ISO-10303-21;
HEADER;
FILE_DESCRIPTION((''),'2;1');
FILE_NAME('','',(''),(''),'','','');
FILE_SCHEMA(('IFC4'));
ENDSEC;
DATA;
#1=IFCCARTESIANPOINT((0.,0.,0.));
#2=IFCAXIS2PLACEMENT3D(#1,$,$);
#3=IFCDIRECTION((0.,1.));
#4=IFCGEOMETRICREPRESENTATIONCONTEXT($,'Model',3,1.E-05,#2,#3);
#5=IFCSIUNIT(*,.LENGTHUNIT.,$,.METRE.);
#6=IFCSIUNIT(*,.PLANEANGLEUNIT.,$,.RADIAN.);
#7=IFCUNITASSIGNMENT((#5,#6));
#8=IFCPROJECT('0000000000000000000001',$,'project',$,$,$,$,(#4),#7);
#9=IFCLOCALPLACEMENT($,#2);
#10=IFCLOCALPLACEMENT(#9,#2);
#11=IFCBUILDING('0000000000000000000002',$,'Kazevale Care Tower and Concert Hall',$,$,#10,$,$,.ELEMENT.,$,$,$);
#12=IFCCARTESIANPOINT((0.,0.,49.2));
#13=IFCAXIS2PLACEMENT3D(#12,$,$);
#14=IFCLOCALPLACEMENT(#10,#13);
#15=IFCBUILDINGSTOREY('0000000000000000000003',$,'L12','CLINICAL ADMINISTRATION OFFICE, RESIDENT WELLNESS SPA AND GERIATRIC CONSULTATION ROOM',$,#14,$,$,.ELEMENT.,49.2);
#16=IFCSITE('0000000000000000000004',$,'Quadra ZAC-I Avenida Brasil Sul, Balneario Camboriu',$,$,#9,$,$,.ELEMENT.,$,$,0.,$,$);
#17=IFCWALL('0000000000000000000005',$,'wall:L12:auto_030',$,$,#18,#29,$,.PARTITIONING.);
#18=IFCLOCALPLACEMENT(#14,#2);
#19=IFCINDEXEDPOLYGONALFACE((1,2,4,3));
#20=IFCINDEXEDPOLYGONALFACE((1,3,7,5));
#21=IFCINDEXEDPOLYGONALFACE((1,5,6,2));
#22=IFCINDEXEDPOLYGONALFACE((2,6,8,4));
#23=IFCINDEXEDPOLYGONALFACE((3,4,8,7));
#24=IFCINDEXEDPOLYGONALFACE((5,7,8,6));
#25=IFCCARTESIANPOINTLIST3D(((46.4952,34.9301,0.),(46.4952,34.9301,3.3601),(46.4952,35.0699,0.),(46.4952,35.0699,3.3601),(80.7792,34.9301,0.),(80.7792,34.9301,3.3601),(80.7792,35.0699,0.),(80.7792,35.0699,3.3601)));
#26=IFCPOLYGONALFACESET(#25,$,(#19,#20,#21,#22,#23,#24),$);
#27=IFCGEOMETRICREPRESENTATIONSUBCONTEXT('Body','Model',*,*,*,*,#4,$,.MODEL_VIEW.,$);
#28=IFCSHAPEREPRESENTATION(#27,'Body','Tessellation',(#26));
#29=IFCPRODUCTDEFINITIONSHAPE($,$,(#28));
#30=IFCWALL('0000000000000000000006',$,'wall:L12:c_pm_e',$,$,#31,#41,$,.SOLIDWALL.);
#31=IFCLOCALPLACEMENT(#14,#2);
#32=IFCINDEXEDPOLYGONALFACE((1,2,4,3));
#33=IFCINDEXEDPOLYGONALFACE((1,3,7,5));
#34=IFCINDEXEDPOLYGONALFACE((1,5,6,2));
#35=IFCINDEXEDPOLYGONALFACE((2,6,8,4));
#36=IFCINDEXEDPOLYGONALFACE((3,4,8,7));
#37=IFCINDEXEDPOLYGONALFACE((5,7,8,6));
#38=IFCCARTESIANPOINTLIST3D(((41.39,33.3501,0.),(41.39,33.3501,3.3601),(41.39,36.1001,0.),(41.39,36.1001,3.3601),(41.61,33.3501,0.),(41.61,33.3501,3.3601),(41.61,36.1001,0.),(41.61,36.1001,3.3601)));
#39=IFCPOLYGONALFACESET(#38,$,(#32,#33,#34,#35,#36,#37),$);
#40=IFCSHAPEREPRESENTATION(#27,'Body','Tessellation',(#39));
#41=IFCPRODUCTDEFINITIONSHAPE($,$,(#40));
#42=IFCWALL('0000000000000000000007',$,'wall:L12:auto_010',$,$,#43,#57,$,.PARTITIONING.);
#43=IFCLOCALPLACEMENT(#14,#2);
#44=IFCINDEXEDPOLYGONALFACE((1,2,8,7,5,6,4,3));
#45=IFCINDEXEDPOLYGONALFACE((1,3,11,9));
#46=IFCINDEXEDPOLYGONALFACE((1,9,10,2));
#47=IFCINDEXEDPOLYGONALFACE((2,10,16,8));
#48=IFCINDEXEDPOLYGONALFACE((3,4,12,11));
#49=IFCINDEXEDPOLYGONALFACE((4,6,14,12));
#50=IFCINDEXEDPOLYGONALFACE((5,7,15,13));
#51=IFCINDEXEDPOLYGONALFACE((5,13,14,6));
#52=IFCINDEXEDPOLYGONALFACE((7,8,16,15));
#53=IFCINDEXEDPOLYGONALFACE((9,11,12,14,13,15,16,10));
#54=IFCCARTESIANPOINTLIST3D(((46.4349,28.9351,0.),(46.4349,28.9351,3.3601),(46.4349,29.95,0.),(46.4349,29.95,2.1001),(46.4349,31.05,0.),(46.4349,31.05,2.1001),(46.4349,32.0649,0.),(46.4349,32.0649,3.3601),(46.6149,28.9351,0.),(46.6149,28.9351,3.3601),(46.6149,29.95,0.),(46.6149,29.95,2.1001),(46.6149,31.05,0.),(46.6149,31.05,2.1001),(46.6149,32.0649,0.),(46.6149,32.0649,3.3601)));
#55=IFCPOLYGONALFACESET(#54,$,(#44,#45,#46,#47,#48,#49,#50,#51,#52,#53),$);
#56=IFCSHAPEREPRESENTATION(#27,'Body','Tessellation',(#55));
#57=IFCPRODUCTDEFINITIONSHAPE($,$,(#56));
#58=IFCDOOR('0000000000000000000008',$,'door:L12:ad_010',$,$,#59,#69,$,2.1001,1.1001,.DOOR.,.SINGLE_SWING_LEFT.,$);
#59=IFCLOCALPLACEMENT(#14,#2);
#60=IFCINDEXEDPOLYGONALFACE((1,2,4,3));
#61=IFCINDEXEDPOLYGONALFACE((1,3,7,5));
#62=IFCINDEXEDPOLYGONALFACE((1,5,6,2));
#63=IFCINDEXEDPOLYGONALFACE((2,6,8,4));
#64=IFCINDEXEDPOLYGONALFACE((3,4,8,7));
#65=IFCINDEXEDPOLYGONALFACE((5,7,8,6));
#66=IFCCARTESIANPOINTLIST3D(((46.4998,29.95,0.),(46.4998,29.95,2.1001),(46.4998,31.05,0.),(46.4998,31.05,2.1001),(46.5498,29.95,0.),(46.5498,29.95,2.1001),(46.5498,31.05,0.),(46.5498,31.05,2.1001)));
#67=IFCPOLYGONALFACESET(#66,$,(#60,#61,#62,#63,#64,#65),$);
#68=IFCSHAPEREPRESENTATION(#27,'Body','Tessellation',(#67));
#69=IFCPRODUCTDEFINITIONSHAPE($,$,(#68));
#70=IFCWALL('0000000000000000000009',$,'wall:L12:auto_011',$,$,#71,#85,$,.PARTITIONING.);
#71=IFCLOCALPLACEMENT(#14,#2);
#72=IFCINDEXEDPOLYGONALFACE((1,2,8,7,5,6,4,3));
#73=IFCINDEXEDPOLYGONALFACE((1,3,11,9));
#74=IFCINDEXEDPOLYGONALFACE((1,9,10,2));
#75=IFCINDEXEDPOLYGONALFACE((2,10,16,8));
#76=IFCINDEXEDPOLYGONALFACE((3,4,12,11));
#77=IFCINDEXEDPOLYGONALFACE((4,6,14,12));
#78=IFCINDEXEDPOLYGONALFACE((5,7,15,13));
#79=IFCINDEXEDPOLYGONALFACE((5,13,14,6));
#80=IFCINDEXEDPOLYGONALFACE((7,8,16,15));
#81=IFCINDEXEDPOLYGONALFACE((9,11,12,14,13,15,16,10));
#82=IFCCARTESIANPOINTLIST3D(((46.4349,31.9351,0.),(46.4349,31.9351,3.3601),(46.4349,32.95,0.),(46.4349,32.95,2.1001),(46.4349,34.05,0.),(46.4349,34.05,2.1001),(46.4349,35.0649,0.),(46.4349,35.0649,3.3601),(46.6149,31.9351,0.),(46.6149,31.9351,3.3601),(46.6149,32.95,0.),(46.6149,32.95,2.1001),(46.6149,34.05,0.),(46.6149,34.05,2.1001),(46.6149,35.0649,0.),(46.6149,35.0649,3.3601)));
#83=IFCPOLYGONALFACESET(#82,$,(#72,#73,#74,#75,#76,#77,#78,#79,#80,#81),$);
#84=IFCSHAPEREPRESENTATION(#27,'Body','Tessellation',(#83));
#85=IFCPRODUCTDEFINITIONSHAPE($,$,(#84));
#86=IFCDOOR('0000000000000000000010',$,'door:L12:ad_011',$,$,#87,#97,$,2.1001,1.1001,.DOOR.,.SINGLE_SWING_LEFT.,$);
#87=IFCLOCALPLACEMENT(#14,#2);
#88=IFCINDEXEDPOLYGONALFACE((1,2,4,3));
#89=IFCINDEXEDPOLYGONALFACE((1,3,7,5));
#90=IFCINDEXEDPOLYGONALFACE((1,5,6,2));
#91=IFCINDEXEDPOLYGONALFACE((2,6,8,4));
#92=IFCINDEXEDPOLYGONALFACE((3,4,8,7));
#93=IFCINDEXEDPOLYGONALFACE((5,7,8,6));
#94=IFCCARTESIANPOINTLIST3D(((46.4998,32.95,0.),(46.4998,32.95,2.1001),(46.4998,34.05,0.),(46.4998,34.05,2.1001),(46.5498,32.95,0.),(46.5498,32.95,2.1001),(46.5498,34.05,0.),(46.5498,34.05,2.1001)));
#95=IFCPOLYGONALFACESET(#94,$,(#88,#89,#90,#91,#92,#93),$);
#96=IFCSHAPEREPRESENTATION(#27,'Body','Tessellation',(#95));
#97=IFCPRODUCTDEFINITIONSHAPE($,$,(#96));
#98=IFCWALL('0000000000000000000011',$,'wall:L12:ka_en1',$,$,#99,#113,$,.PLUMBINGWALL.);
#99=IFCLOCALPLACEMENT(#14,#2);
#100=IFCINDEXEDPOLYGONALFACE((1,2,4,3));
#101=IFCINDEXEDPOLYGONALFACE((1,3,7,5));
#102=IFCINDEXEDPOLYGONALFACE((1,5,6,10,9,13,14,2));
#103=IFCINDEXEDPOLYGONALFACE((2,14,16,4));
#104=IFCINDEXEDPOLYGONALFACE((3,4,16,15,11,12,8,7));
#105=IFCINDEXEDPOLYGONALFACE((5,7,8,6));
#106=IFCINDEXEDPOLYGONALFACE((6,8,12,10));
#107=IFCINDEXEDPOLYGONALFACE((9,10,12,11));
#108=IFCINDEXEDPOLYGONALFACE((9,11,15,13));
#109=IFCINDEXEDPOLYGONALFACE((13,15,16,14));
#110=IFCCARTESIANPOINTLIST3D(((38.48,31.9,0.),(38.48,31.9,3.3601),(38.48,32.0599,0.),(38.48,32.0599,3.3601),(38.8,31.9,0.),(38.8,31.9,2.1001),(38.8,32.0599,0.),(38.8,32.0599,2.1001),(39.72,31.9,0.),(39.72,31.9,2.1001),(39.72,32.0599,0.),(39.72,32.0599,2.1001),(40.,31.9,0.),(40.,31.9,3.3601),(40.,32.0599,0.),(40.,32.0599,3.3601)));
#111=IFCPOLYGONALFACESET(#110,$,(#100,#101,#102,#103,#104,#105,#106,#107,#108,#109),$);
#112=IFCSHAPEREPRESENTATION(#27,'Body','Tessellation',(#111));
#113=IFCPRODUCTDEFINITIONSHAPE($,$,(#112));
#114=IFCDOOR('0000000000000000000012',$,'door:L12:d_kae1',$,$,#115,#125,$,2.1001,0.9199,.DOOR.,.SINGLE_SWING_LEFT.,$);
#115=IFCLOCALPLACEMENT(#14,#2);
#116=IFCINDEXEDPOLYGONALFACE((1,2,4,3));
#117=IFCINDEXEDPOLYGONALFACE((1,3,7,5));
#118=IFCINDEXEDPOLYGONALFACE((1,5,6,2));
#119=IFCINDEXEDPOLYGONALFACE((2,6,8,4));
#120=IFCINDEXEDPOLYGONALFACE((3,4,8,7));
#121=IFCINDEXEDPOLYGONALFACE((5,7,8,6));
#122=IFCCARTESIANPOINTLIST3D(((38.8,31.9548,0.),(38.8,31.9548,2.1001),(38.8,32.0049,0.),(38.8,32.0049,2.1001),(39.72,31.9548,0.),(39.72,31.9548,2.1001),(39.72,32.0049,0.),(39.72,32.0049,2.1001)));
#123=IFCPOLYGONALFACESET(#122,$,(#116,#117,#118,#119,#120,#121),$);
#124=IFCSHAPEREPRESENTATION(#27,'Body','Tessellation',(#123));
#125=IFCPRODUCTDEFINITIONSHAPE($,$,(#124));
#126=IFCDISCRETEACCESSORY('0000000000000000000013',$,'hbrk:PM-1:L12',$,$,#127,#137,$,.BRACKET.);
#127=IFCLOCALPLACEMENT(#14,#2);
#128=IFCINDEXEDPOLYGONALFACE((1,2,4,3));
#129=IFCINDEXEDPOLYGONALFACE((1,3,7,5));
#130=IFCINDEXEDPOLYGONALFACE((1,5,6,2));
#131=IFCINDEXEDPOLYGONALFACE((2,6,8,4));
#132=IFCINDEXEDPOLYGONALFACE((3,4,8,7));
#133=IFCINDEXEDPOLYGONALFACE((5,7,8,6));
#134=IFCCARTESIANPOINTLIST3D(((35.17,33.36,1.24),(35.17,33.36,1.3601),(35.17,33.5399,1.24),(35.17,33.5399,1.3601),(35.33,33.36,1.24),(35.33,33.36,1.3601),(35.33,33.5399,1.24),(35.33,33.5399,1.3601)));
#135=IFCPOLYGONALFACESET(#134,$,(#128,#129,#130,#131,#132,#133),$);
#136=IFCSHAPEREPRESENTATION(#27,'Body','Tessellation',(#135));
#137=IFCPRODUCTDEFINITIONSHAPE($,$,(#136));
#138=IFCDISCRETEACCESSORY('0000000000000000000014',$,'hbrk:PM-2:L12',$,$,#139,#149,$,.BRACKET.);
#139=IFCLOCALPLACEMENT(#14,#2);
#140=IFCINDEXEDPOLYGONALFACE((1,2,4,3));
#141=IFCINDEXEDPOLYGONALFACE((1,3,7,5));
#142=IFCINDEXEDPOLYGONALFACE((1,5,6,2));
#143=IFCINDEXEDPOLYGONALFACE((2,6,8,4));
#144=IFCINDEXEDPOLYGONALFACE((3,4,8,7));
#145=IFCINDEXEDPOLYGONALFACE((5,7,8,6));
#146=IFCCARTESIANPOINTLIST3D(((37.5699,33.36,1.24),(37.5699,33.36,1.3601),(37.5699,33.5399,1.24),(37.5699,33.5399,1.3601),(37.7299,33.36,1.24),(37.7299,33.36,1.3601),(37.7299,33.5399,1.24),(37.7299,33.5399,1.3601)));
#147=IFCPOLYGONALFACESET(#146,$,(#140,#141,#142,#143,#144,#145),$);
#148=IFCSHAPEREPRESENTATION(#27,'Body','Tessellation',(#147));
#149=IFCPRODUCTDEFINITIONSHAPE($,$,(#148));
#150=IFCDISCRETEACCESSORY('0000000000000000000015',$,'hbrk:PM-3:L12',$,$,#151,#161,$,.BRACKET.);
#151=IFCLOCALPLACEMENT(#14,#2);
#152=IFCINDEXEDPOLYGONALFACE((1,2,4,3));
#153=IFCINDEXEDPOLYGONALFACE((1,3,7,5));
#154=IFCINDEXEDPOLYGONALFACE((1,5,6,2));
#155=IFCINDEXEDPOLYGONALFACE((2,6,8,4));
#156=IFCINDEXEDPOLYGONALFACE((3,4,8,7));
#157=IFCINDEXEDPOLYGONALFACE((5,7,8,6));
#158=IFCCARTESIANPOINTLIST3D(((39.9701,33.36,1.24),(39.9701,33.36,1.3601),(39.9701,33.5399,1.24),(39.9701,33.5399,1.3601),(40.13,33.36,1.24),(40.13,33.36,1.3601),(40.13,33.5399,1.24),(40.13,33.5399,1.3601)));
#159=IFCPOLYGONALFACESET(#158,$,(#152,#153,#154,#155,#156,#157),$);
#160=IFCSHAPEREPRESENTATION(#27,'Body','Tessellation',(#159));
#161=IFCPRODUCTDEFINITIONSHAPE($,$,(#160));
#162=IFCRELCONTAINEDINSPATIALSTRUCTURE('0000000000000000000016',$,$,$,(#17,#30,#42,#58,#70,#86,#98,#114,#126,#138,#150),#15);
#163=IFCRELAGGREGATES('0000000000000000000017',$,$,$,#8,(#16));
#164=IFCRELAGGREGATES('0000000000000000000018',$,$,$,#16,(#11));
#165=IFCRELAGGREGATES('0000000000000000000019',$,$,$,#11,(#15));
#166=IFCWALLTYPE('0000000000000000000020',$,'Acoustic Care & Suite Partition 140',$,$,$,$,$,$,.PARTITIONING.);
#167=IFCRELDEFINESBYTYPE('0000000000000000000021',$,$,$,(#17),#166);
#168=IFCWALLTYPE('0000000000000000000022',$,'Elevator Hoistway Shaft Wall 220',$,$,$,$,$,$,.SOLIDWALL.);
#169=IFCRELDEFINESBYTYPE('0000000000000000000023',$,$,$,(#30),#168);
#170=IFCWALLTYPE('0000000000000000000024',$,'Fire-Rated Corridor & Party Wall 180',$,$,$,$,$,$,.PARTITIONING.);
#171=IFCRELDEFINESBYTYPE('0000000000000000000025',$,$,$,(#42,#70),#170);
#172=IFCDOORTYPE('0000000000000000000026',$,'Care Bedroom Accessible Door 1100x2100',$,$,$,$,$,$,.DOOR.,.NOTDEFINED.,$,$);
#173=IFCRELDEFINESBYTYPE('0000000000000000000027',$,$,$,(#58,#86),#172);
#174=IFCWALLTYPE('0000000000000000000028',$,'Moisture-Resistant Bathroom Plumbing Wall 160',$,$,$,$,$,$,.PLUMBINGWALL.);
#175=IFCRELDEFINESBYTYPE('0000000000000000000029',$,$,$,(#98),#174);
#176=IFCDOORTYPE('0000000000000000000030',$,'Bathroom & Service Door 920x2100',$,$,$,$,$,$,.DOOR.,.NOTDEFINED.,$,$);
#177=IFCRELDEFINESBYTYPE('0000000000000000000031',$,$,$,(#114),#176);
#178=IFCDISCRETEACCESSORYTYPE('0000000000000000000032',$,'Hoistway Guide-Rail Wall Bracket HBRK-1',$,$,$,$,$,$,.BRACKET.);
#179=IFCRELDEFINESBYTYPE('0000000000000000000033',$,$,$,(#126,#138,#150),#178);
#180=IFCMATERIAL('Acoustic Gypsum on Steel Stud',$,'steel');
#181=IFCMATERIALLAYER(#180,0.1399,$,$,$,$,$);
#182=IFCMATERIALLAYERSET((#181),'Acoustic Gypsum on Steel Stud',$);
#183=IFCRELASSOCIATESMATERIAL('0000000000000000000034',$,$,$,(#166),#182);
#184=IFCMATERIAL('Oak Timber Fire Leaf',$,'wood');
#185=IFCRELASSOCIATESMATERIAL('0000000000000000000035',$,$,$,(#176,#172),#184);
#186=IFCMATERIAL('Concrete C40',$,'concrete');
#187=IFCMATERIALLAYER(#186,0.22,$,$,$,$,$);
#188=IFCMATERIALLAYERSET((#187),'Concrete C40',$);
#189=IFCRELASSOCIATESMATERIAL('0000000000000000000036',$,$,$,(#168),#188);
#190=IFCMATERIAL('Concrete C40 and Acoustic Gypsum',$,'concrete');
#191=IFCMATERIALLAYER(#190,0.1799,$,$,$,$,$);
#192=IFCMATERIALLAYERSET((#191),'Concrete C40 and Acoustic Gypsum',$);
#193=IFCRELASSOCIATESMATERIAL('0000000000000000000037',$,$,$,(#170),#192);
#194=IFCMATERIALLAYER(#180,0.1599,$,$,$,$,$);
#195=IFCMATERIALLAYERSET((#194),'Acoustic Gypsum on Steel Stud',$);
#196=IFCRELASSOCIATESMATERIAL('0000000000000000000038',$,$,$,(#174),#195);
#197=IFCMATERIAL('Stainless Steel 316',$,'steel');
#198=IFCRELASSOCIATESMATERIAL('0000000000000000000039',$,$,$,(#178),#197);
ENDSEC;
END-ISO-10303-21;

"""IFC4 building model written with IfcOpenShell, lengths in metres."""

from ifc_helpers import new_model, si_unit, direction, frame, frame_2d, origin, origin_2d, place, context, subcontext, project, spatial, rectangle, extrude, material, layer, layer_set, type_object, element, fill, save


model = new_model("IFC4")

# Units and contexts
model_context = context("Model", 3, precision=1e-05, world=origin(), true_north=direction((0.0, 1.0)))
body_context = subcontext(model_context, "Body", "Model", "MODEL_VIEW")
ifc_project = project(units=[si_unit("LENGTHUNIT", "METRE"), si_unit("PLANEANGLEUNIT", "RADIAN")], contexts=[model_context])

# Site, building, storey
site_placement = place(None, origin())
site = spatial("IfcSite", under=ifc_project, at=site_placement, Name="Quadra ZAC-I Avenida Brasil Sul, Balneario Camboriu", CompositionType="ELEMENT", RefElevation=0.0)
building_placement = place(site_placement, origin())
building = spatial("IfcBuilding", under=site, at=building_placement, Name="Kazevale Care Tower and Concert Hall", CompositionType="ELEMENT")
storey_placement = place(building_placement, frame((0.0, 0.0, 49.2)))
storey = spatial("IfcBuildingStorey", under=building, at=storey_placement, Name="L12", Description="CLINICAL ADMINISTRATION OFFICE, RESIDENT WELLNESS SPA AND GERIATRIC CONSULTATION ROOM", CompositionType="ELEMENT", Elevation=49.2)

# Shared definitions
ifc_material_1 = material(Name="Acoustic Gypsum on Steel Stud", Category="steel")
ifc_layer_1 = layer(ifc_material_1, 0.1399)
ifc_layer_set_1 = layer_set([ifc_layer_1], Name="Acoustic Gypsum on Steel Stud")
wall_type_1 = type_object("IfcWallType", Name="Acoustic Care & Suite Partition 140", PredefinedType="PARTITIONING", material=ifc_layer_set_1)

# Shared definitions
ifc_material_2 = material(Name="Oak Timber Fire Leaf", Category="wood")
door_type_1 = type_object("IfcDoorType", Name="Bathroom & Service Door 920x2100", OperationType="NOTDEFINED", PredefinedType="DOOR", material=ifc_material_2)

# Walls
wall_1_placement = place(storey_placement, frame((46.4951, 35.0, 0.0), z_axis=(0.0, 0.0, 1.0), x_axis=(1.0, 0.0, 0.0)))
element("IfcWall", 1, at=wall_1_placement, inside=storey, type_object=wall_type_1, Name="wall:L12:auto_030", PredefinedType="PARTITIONING", context=body_context, shape_type="SweptSolid", body=[
    extrude(rectangle(XDim=34.2839, YDim=0.1399, at=frame_2d((17.1421, 0.0))), origin(), (0.0, 0.0, 1.0), 3.3601),
])
ifc_material_3 = material(Name="Concrete C40", Category="concrete")
ifc_layer_2 = layer(ifc_material_3, 0.22)
ifc_layer_set_2 = layer_set([ifc_layer_2], Name="Concrete C40")
wall_type_2 = type_object("IfcWallType", Name="Elevator Hoistway Shaft Wall 220", PredefinedType="SOLIDWALL", material=ifc_layer_set_2)
wall_2_placement = place(storey_placement, frame((41.5, 33.3501, 0.0), z_axis=(0.0, 0.0, 1.0), x_axis=(0.0, 1.0, 0.0)))
element("IfcWall", 2, at=wall_2_placement, inside=storey, type_object=wall_type_2, Name="wall:L12:c_pm_e", PredefinedType="SOLIDWALL", context=body_context, shape_type="SweptSolid", body=[
    extrude(rectangle(XDim=2.75, YDim=0.22, at=frame_2d((1.375, 0.0))), origin(), (0.0, 0.0, 1.0), 3.3601),
])

# Walls, openings, doors
ifc_material_4 = material(Name="Concrete C40 and Acoustic Gypsum", Category="concrete")
ifc_layer_3 = layer(ifc_material_4, 0.1799)
ifc_layer_set_3 = layer_set([ifc_layer_3], Name="Concrete C40 and Acoustic Gypsum")
wall_type_3 = type_object("IfcWallType", Name="Fire-Rated Corridor & Party Wall 180", PredefinedType="PARTITIONING", material=ifc_layer_set_3)
wall_3_placement = place(storey_placement, frame((46.5249, 32.0649, 0.0), z_axis=(0.0, 0.0, 1.0), x_axis=(0.0, -1.0, 0.0)))
wall_3 = element("IfcWall", 3, at=wall_3_placement, inside=storey, type_object=wall_type_3, Name="wall:L12:auto_010", PredefinedType="PARTITIONING", context=body_context, shape_type="SweptSolid", body=[
    extrude(rectangle(XDim=3.1299, YDim=0.1799, at=frame_2d((1.5649, 0.0))), origin(), (0.0, 0.0, 1.0), 3.3601),
])
opening_1_placement = place(wall_3_placement, frame((1.0149, 0.0, 0.0)))
opening_1 = element("IfcOpeningElement", 4, at=opening_1_placement, cuts=wall_3, PredefinedType="OPENING", context=body_context, shape_type="SweptSolid", body=[
    extrude(rectangle(XDim=1.1001, YDim=2.1001, at=frame_2d((0.55, 1.05))), frame((0.0, 0.0999, 0.0), z_axis=(0.0, -1.0, 0.0), x_axis=(1.0, 0.0, 0.0)), (0.0, 0.0, 1.0), 0.2),
])
door_type_2 = type_object("IfcDoorType", Name="Care Bedroom Accessible Door 1100x2100", OperationType="NOTDEFINED", PredefinedType="DOOR", material=ifc_material_2)
door_1_placement = place(opening_1_placement, origin())
door_1 = element("IfcDoor", 5, at=door_1_placement, inside=storey, type_object=door_type_2, Name="door:L12:ad_010", OperationType="SINGLE_SWING_LEFT", OverallHeight=2.1001, OverallWidth=1.1001, PredefinedType="DOOR", context=body_context, shape_type="SweptSolid", body=[
    extrude(rectangle(XDim=1.1001, YDim=2.1001, at=frame_2d((0.55, 1.05))), frame((0.0, 0.0249, 0.0), z_axis=(0.0, -1.0, 0.0), x_axis=(1.0, 0.0, 0.0)), (0.0, 0.0, 1.0), 0.05),
])
fill(opening_1, door_1)
wall_4_placement = place(storey_placement, frame((46.5249, 35.0649, 0.0), z_axis=(0.0, 0.0, 1.0), x_axis=(0.0, -1.0, 0.0)))
wall_4 = element("IfcWall", 6, at=wall_4_placement, inside=storey, type_object=wall_type_3, Name="wall:L12:auto_011", PredefinedType="PARTITIONING", context=body_context, shape_type="SweptSolid", body=[
    extrude(rectangle(XDim=3.1299, YDim=0.1799, at=frame_2d((1.5649, 0.0))), origin(), (0.0, 0.0, 1.0), 3.3601),
])
opening_2_placement = place(wall_4_placement, frame((1.0149, 0.0, 0.0)))
opening_2 = element("IfcOpeningElement", 7, at=opening_2_placement, cuts=wall_4, PredefinedType="OPENING", context=body_context, shape_type="SweptSolid", body=[
    extrude(rectangle(XDim=1.1001, YDim=2.1001, at=frame_2d((0.55, 1.05))), frame((0.0, 0.0999, 0.0), z_axis=(0.0, -1.0, 0.0), x_axis=(1.0, 0.0, 0.0)), (0.0, 0.0, 1.0), 0.2),
])
door_2_placement = place(opening_2_placement, origin())
door_2 = element("IfcDoor", 8, at=door_2_placement, inside=storey, type_object=door_type_2, Name="door:L12:ad_011", OperationType="SINGLE_SWING_LEFT", OverallHeight=2.1001, OverallWidth=1.1001, PredefinedType="DOOR", context=body_context, shape_type="SweptSolid", body=[
    extrude(rectangle(XDim=1.1001, YDim=2.1001, at=frame_2d((0.55, 1.05))), frame((0.0, 0.0249, 0.0), z_axis=(0.0, -1.0, 0.0), x_axis=(1.0, 0.0, 0.0)), (0.0, 0.0, 1.0), 0.05),
])
fill(opening_2, door_2)
ifc_layer_4 = layer(ifc_material_1, 0.1599)
ifc_layer_set_4 = layer_set([ifc_layer_4], Name="Acoustic Gypsum on Steel Stud")
wall_type_4 = type_object("IfcWallType", Name="Moisture-Resistant Bathroom Plumbing Wall 160", PredefinedType="PLUMBINGWALL", material=ifc_layer_set_4)
wall_5_placement = place(storey_placement, frame((38.48, 31.98, 0.0), z_axis=(0.0, 0.0, 1.0), x_axis=(1.0, 0.0, 0.0)))
wall_5 = element("IfcWall", 9, at=wall_5_placement, inside=storey, type_object=wall_type_4, Name="wall:L12:ka_en1", PredefinedType="PLUMBINGWALL", context=body_context, shape_type="SweptSolid", body=[
    extrude(rectangle(XDim=1.52, YDim=0.1599, at=frame_2d((0.76, 0.0))), origin(), (0.0, 0.0, 1.0), 3.3601),
])
opening_3_placement = place(wall_5_placement, frame((0.3201, 0.0, 0.0)))
opening_3 = element("IfcOpeningElement", 10, at=opening_3_placement, cuts=wall_5, PredefinedType="OPENING", context=body_context, shape_type="SweptSolid", body=[
    extrude(rectangle(XDim=0.9199, YDim=2.1001, at=frame_2d((0.46, 1.05))), frame((0.0, 0.0898, 0.0), z_axis=(0.0, -1.0, 0.0), x_axis=(1.0, 0.0, 0.0)), (0.0, 0.0, 1.0), 0.1799),
])
door_3_placement = place(opening_3_placement, origin())
door_3 = element("IfcDoor", 11, at=door_3_placement, inside=storey, type_object=door_type_1, Name="door:L12:d_kae1", OperationType="SINGLE_SWING_LEFT", OverallHeight=2.1001, OverallWidth=0.9199, PredefinedType="DOOR", context=body_context, shape_type="SweptSolid", body=[
    extrude(rectangle(XDim=0.9199, YDim=2.1001, at=frame_2d((0.46, 1.05))), frame((0.0, 0.0249, 0.0), z_axis=(0.0, -1.0, 0.0), x_axis=(1.0, 0.0, 0.0)), (0.0, 0.0, 1.0), 0.05),
])
fill(opening_3, door_3)

# Discrete accessories
ifc_material_5 = material(Name="Stainless Steel 316", Category="steel")
discrete_accessory_type = type_object("IfcDiscreteAccessoryType", Name="Hoistway Guide-Rail Wall Bracket HBRK-1", PredefinedType="BRACKET", material=ifc_material_5)
for number, where, z_axis, x_axis, name in (
    (12, (35.25, 33.45, 1.24), (0.0, 0.0, 1.0), (1.0, 0.0, 0.0), "hbrk:PM-1:L12"),
    (13, (37.6499, 33.45, 1.24), (0.0, 0.0, 1.0), (1.0, 0.0, 0.0), "hbrk:PM-2:L12"),
    (14, (40.05, 33.45, 1.24), (0.0, 0.0, 1.0), (1.0, 0.0, 0.0), "hbrk:PM-3:L12"),
):
    element("IfcDiscreteAccessory", number, at=place(storey_placement, frame(where, z_axis=z_axis, x_axis=x_axis)), inside=storey, type_object=discrete_accessory_type, Name=name, PredefinedType="BRACKET", context=body_context, shape_type="SweptSolid", body=[
        extrude(rectangle(XDim=0.1599, YDim=0.1799, at=origin_2d()), origin(), (0.0, 0.0, 1.0), 0.1201),
    ])

save(model, "model.ifc")
